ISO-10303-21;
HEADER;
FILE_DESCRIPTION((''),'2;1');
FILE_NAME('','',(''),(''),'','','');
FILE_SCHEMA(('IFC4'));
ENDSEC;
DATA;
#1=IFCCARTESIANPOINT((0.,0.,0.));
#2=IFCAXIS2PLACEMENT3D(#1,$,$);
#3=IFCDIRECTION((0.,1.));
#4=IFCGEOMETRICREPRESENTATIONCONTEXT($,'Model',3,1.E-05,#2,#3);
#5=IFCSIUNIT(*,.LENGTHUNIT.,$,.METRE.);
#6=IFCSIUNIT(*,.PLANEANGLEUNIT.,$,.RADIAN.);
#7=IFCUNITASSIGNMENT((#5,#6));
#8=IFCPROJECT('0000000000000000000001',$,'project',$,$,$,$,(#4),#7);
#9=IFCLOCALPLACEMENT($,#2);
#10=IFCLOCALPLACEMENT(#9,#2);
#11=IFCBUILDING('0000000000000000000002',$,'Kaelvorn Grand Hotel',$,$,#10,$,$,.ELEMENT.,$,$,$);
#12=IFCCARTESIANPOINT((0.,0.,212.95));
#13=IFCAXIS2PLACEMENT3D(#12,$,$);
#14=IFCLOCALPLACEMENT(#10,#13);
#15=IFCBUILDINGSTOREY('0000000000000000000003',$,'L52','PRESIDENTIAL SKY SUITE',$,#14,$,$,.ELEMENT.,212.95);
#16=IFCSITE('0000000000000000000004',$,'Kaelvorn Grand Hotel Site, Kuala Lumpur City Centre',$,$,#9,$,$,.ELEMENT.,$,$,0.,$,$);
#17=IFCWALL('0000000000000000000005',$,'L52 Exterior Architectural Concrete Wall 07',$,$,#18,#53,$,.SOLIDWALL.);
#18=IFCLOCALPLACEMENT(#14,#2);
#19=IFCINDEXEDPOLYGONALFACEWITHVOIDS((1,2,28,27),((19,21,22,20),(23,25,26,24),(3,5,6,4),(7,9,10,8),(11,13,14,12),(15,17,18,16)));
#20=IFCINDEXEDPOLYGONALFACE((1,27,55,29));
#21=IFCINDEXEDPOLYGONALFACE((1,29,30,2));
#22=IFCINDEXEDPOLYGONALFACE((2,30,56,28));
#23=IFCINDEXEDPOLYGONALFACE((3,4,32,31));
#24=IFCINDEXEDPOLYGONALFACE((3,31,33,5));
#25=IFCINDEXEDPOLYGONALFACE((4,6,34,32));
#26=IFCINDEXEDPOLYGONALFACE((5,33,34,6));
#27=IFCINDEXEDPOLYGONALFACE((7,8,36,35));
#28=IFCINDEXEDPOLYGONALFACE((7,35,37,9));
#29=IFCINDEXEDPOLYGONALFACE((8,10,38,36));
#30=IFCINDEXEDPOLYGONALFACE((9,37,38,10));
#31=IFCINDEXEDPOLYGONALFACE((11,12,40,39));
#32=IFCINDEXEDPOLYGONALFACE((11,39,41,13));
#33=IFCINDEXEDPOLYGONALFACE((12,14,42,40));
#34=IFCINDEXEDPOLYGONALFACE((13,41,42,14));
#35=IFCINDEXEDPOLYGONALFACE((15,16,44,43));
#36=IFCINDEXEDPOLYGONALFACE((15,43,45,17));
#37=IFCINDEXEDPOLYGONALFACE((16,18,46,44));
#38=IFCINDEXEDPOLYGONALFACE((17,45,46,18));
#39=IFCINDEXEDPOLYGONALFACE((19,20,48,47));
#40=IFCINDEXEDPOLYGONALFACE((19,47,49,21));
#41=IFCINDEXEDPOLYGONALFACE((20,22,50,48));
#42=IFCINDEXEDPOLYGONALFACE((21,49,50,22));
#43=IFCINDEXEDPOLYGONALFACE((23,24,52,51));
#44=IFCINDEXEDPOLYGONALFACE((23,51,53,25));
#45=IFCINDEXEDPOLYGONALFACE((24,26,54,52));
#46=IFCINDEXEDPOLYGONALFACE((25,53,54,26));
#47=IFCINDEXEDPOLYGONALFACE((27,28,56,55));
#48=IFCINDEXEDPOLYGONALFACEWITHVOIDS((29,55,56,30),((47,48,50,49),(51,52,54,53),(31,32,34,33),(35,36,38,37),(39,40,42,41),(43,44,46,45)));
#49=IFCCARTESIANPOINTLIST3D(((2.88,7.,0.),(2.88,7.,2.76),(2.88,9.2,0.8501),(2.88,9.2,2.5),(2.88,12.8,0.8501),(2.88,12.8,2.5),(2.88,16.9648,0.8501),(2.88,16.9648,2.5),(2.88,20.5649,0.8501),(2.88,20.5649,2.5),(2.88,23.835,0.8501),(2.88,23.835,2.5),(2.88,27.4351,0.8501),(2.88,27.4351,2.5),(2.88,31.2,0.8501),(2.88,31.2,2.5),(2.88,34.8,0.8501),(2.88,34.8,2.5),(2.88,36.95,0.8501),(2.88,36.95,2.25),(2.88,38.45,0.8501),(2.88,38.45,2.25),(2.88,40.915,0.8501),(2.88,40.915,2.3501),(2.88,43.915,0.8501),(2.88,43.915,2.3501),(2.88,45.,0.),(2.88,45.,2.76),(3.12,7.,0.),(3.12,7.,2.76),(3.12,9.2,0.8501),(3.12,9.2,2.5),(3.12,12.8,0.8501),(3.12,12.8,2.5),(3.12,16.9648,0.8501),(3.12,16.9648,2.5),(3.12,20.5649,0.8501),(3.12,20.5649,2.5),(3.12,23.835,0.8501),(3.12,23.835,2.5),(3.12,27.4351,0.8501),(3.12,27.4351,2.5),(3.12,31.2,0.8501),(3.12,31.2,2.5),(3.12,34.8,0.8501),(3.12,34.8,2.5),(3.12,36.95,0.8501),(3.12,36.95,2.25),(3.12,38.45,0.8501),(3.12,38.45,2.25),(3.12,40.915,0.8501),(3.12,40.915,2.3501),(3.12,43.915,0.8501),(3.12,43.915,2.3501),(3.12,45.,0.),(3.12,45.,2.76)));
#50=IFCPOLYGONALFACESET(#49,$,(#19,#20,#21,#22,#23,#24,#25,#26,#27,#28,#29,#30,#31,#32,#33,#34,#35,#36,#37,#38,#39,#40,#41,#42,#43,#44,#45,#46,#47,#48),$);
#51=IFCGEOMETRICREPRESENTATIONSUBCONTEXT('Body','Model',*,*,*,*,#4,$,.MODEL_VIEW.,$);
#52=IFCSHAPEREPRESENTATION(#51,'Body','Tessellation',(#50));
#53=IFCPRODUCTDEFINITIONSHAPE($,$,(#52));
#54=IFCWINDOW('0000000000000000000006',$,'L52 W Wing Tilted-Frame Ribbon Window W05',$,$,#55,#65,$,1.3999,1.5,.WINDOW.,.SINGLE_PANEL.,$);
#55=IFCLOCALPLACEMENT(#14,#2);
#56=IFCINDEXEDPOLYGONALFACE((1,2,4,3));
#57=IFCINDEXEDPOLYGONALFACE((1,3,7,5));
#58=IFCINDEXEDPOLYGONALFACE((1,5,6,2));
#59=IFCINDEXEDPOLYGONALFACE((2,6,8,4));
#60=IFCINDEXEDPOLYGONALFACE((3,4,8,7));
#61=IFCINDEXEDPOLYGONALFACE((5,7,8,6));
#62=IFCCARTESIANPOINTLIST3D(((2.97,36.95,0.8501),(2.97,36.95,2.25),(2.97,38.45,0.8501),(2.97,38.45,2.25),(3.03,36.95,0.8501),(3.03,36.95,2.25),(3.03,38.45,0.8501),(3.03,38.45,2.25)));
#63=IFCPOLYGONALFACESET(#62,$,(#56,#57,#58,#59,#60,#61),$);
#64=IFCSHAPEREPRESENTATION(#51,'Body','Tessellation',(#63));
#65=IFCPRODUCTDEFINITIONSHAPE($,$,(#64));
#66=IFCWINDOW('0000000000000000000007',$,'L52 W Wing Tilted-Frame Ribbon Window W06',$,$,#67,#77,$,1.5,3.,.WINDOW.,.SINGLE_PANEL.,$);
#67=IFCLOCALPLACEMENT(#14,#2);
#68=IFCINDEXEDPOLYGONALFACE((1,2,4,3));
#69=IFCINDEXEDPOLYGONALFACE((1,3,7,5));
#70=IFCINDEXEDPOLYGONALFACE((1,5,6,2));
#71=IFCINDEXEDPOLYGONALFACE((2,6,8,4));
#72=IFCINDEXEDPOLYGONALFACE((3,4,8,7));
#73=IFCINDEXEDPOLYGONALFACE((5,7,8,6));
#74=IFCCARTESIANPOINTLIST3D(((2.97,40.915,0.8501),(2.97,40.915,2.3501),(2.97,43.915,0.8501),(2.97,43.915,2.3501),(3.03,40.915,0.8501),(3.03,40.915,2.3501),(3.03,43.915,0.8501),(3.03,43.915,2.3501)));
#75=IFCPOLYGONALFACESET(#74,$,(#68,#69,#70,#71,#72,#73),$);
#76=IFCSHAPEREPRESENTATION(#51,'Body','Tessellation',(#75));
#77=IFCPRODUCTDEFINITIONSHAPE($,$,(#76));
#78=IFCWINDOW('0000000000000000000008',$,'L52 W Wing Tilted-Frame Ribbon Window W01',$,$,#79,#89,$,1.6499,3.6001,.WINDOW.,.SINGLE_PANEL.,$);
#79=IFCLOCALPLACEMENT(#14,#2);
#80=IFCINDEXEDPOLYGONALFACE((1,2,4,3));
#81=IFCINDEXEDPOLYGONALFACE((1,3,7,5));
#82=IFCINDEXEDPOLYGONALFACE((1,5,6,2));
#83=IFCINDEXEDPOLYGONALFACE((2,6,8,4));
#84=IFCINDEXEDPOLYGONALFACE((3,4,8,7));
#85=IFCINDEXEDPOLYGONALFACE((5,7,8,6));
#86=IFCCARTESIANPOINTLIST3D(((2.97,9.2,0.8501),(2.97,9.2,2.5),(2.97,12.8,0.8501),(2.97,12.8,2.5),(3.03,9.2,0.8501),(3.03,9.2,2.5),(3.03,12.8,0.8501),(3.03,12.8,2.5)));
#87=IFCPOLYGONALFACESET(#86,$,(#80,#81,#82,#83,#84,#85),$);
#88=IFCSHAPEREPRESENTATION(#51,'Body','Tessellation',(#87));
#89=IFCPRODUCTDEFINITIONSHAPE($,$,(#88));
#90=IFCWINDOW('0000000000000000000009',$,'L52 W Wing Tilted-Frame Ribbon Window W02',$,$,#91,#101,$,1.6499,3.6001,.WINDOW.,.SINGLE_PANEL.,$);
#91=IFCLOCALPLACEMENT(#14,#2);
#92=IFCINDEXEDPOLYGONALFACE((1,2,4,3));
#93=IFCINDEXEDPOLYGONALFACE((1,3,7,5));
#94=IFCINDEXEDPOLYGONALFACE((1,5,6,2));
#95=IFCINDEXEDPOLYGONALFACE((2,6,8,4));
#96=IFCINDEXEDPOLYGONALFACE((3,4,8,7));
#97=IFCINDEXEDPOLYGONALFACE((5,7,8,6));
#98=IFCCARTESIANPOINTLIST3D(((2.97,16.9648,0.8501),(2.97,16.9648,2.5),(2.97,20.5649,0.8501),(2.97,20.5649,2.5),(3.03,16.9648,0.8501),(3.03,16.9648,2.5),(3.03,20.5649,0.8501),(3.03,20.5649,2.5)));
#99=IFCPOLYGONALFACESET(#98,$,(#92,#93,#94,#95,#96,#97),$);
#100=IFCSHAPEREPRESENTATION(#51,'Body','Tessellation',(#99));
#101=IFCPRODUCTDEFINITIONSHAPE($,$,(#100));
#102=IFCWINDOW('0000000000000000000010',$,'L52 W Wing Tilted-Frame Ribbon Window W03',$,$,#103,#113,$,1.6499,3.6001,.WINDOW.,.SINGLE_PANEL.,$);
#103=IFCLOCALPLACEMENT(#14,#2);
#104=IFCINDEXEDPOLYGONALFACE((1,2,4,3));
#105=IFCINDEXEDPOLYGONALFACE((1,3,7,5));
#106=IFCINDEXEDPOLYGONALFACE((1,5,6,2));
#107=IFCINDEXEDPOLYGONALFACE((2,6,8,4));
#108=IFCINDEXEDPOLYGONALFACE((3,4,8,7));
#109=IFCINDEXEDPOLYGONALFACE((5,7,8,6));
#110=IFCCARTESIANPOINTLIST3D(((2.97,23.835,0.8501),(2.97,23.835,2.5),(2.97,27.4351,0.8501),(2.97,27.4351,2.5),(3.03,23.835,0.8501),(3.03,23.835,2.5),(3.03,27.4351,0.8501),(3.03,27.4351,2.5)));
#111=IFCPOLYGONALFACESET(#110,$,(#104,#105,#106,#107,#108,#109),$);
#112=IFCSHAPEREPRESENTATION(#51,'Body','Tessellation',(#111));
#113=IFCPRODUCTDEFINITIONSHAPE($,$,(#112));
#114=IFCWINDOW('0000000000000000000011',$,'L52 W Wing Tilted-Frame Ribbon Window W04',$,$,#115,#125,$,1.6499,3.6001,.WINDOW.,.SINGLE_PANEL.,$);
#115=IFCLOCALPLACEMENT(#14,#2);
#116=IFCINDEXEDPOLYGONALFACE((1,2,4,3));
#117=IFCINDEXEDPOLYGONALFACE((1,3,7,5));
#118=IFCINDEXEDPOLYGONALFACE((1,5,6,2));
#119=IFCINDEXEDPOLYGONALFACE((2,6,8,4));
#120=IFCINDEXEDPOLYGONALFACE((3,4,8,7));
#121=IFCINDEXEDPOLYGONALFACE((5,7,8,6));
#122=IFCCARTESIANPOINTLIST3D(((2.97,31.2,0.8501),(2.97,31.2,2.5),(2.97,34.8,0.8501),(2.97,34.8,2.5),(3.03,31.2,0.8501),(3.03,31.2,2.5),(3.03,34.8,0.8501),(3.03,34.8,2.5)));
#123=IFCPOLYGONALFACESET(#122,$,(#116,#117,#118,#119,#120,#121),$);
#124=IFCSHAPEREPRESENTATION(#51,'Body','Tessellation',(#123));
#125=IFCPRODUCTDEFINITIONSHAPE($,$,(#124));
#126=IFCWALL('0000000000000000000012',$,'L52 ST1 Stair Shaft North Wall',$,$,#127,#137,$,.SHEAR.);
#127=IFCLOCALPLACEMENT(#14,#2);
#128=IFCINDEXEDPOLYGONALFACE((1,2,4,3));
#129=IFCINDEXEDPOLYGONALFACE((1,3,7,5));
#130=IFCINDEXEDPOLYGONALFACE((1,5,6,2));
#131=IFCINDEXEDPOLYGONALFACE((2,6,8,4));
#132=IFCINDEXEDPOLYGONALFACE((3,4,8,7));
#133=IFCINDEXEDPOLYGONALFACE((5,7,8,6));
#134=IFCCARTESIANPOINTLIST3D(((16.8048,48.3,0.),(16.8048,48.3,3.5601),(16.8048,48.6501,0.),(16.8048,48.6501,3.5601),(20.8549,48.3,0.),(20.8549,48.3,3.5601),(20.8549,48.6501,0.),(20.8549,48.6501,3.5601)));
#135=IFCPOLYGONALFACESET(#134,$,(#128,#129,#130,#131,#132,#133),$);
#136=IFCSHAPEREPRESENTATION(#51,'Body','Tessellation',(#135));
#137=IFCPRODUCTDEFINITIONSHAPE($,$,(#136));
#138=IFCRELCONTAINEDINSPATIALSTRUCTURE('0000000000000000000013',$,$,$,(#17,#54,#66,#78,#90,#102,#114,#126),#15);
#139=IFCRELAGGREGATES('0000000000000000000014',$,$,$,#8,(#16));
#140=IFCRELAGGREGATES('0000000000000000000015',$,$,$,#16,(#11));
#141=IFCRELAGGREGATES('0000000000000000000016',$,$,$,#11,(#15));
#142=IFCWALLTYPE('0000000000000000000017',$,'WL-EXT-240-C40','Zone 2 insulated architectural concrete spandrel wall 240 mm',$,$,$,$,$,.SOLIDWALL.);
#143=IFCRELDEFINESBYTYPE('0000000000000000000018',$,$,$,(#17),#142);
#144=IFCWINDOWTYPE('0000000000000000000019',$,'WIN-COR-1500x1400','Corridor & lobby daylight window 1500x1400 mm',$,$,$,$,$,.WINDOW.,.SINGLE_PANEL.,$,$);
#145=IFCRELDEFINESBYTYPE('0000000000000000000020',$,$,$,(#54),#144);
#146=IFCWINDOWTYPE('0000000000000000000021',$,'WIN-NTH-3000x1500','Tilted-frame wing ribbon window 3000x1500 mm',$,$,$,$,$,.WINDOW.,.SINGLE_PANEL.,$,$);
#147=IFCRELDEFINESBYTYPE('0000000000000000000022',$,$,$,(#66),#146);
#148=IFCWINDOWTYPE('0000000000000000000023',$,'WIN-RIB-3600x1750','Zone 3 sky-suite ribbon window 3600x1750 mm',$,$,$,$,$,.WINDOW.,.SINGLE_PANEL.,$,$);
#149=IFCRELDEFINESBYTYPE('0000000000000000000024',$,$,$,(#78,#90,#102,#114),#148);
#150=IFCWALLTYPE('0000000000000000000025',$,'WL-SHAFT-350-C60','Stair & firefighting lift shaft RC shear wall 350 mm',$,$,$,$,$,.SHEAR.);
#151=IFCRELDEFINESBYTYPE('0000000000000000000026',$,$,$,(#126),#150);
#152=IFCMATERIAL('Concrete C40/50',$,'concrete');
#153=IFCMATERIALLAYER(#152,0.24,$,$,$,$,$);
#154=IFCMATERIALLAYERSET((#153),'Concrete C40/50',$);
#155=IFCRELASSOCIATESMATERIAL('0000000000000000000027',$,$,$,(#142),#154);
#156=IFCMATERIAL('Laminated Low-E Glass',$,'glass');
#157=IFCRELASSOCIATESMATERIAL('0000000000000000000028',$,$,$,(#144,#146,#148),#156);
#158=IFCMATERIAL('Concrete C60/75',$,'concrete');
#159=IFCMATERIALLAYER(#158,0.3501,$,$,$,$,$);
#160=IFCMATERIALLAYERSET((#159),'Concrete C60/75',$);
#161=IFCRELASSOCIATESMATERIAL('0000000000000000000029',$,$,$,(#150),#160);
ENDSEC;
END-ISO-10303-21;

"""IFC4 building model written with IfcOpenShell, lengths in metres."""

from ifc_helpers import new_model, si_unit, direction, frame, frame_2d, origin, place, context, subcontext, project, spatial, rectangle, extrude, material, layer, layer_set, type_object, element, fill, save


model = new_model("IFC4")

# Units and contexts
model_context = context("Model", 3, precision=1e-05, world=origin(), true_north=direction((0.0, 1.0)))
body_context = subcontext(model_context, "Body", "Model", "MODEL_VIEW")
ifc_project = project(units=[si_unit("LENGTHUNIT", "METRE"), si_unit("PLANEANGLEUNIT", "RADIAN")], contexts=[model_context])

# Site, building, storey
site_placement = place(None, origin())
site = spatial("IfcSite", under=ifc_project, at=site_placement, Name="Kaelvorn Grand Hotel Site, Kuala Lumpur City Centre", CompositionType="ELEMENT", RefElevation=0.0)
building_placement = place(site_placement, origin())
building = spatial("IfcBuilding", under=site, at=building_placement, Name="Kaelvorn Grand Hotel", CompositionType="ELEMENT")
storey_placement = place(building_placement, frame((0.0, 0.0, 212.95)))
storey = spatial("IfcBuildingStorey", under=building, at=storey_placement, Name="L52", Description="PRESIDENTIAL SKY SUITE", CompositionType="ELEMENT", Elevation=212.95)

# Shared definitions
ifc_material_1 = material(Name="Concrete C60/75", Category="concrete")

# Shared definitions
ifc_material_2 = material(Name="Concrete C40/50", Category="concrete")
ifc_layer_1 = layer(ifc_material_2, 0.24)
ifc_layer_set_1 = layer_set([ifc_layer_1], Name="Concrete C40/50")
wall_type_1 = type_object("IfcWallType", Name="WL-EXT-240-C40", Description="Zone 2 insulated architectural concrete spandrel wall 240 mm", PredefinedType="SOLIDWALL", material=ifc_layer_set_1)
ifc_material_3 = material(Name="Laminated Low-E Glass", Category="glass")

# Wall, openings, windows
wall_1_placement = place(storey_placement, frame((3.0, 45.0, 0.0), z_axis=(0.0, 0.0, 1.0), x_axis=(0.0, -1.0, 0.0)))
wall_1 = element("IfcWall", 1, at=wall_1_placement, inside=storey, type_object=wall_type_1, Name="L52 Exterior Architectural Concrete Wall 07", PredefinedType="SOLIDWALL", context=body_context, shape_type="SweptSolid", body=[
    extrude(rectangle(XDim=38.0, YDim=0.24, at=frame_2d((19.0, 0.0))), origin(), (0.0, 0.0, 1.0), 2.76),
])
opening_1_placement = place(wall_1_placement, frame((32.2, 0.0, 0.8501)))
opening_1 = element("IfcOpeningElement", 2, at=opening_1_placement, cuts=wall_1, PredefinedType="OPENING", context=body_context, shape_type="SweptSolid", body=[
    extrude(rectangle(XDim=3.6001, YDim=1.6499, at=frame_2d((1.8, 0.825))), frame((0.0, 0.1299, 0.0), z_axis=(0.0, -1.0, 0.0), x_axis=(1.0, 0.0, 0.0)), (0.0, 0.0, 1.0), 0.26),
])
opening_2_placement = place(wall_1_placement, frame((24.4351, 0.0, 0.8501)))
opening_2 = element("IfcOpeningElement", 3, at=opening_2_placement, cuts=wall_1, PredefinedType="OPENING", context=body_context, shape_type="SweptSolid", body=[
    extrude(rectangle(XDim=3.6001, YDim=1.6499, at=frame_2d((1.8, 0.825))), frame((0.0, 0.1299, 0.0), z_axis=(0.0, -1.0, 0.0), x_axis=(1.0, 0.0, 0.0)), (0.0, 0.0, 1.0), 0.26),
])
opening_3_placement = place(wall_1_placement, frame((17.5649, 0.0, 0.8501)))
opening_3 = element("IfcOpeningElement", 4, at=opening_3_placement, cuts=wall_1, PredefinedType="OPENING", context=body_context, shape_type="SweptSolid", body=[
    extrude(rectangle(XDim=3.6001, YDim=1.6499, at=frame_2d((1.8, 0.825))), frame((0.0, 0.1299, 0.0), z_axis=(0.0, -1.0, 0.0), x_axis=(1.0, 0.0, 0.0)), (0.0, 0.0, 1.0), 0.26),
])
opening_4_placement = place(wall_1_placement, frame((10.2, 0.0, 0.8501)))
opening_4 = element("IfcOpeningElement", 5, at=opening_4_placement, cuts=wall_1, PredefinedType="OPENING", context=body_context, shape_type="SweptSolid", body=[
    extrude(rectangle(XDim=3.6001, YDim=1.6499, at=frame_2d((1.8, 0.825))), frame((0.0, 0.1299, 0.0), z_axis=(0.0, -1.0, 0.0), x_axis=(1.0, 0.0, 0.0)), (0.0, 0.0, 1.0), 0.26),
])
opening_5_placement = place(wall_1_placement, frame((6.55, 0.0, 0.8501)))
opening_5 = element("IfcOpeningElement", 6, at=opening_5_placement, cuts=wall_1, PredefinedType="OPENING", context=body_context, shape_type="SweptSolid", body=[
    extrude(rectangle(XDim=1.5, YDim=1.3999, at=frame_2d((0.75, 0.7))), frame((0.0, 0.1299, 0.0), z_axis=(0.0, -1.0, 0.0), x_axis=(1.0, 0.0, 0.0)), (0.0, 0.0, 1.0), 0.26),
])
opening_6_placement = place(wall_1_placement, frame((1.085, 0.0, 0.8501)))
opening_6 = element("IfcOpeningElement", 7, at=opening_6_placement, cuts=wall_1, PredefinedType="OPENING", context=body_context, shape_type="SweptSolid", body=[
    extrude(rectangle(XDim=3.0, YDim=1.5, at=frame_2d((1.5, 0.75))), frame((0.0, 0.1299, 0.0), z_axis=(0.0, -1.0, 0.0), x_axis=(1.0, 0.0, 0.0)), (0.0, 0.0, 1.0), 0.26),
])
window_type_1 = type_object("IfcWindowType", Name="WIN-COR-1500x1400", Description="Corridor & lobby daylight window 1500x1400 mm", PartitioningType="SINGLE_PANEL", PredefinedType="WINDOW", material=ifc_material_3)
window_1_placement = place(opening_5_placement, origin())
window_1 = element("IfcWindow", 8, at=window_1_placement, inside=storey, type_object=window_type_1, Name="L52 W Wing Tilted-Frame Ribbon Window W05", OverallHeight=1.3999, OverallWidth=1.5, PartitioningType="SINGLE_PANEL", PredefinedType="WINDOW", context=body_context, shape_type="SweptSolid", body=[
    extrude(rectangle(XDim=1.5, YDim=1.3999, at=frame_2d((0.75, 0.7))), frame((0.0, 0.03, 0.0), z_axis=(0.0, -1.0, 0.0), x_axis=(1.0, 0.0, 0.0)), (0.0, 0.0, 1.0), 0.0601),
])
fill(opening_5, window_1)
window_type_2 = type_object("IfcWindowType", Name="WIN-NTH-3000x1500", Description="Tilted-frame wing ribbon window 3000x1500 mm", PartitioningType="SINGLE_PANEL", PredefinedType="WINDOW", material=ifc_material_3)
window_2_placement = place(opening_6_placement, origin())
window_2 = element("IfcWindow", 9, at=window_2_placement, inside=storey, type_object=window_type_2, Name="L52 W Wing Tilted-Frame Ribbon Window W06", OverallHeight=1.5, OverallWidth=3.0, PartitioningType="SINGLE_PANEL", PredefinedType="WINDOW", context=body_context, shape_type="SweptSolid", body=[
    extrude(rectangle(XDim=3.0, YDim=1.5, at=frame_2d((1.5, 0.75))), frame((0.0, 0.03, 0.0), z_axis=(0.0, -1.0, 0.0), x_axis=(1.0, 0.0, 0.0)), (0.0, 0.0, 1.0), 0.0601),
])
fill(opening_6, window_2)
window_type_3 = type_object("IfcWindowType", Name="WIN-RIB-3600x1750", Description="Zone 3 sky-suite ribbon window 3600x1750 mm", PartitioningType="SINGLE_PANEL", PredefinedType="WINDOW", material=ifc_material_3)
window_3_placement = place(opening_1_placement, origin())
window_3 = element("IfcWindow", 10, at=window_3_placement, inside=storey, type_object=window_type_3, Name="L52 W Wing Tilted-Frame Ribbon Window W01", OverallHeight=1.6499, OverallWidth=3.6001, PartitioningType="SINGLE_PANEL", PredefinedType="WINDOW", context=body_context, shape_type="SweptSolid", body=[
    extrude(rectangle(XDim=3.6001, YDim=1.6499, at=frame_2d((1.8, 0.825))), frame((0.0, 0.03, 0.0), z_axis=(0.0, -1.0, 0.0), x_axis=(1.0, 0.0, 0.0)), (0.0, 0.0, 1.0), 0.0601),
])
fill(opening_1, window_3)
window_4_placement = place(opening_2_placement, origin())
window_4 = element("IfcWindow", 11, at=window_4_placement, inside=storey, type_object=window_type_3, Name="L52 W Wing Tilted-Frame Ribbon Window W02", OverallHeight=1.6499, OverallWidth=3.6001, PartitioningType="SINGLE_PANEL", PredefinedType="WINDOW", context=body_context, shape_type="SweptSolid", body=[
    extrude(rectangle(XDim=3.6001, YDim=1.6499, at=frame_2d((1.8, 0.825))), frame((0.0, 0.03, 0.0), z_axis=(0.0, -1.0, 0.0), x_axis=(1.0, 0.0, 0.0)), (0.0, 0.0, 1.0), 0.0601),
])
fill(opening_2, window_4)
window_5_placement = place(opening_3_placement, origin())
window_5 = element("IfcWindow", 12, at=window_5_placement, inside=storey, type_object=window_type_3, Name="L52 W Wing Tilted-Frame Ribbon Window W03", OverallHeight=1.6499, OverallWidth=3.6001, PartitioningType="SINGLE_PANEL", PredefinedType="WINDOW", context=body_context, shape_type="SweptSolid", body=[
    extrude(rectangle(XDim=3.6001, YDim=1.6499, at=frame_2d((1.8, 0.825))), frame((0.0, 0.03, 0.0), z_axis=(0.0, -1.0, 0.0), x_axis=(1.0, 0.0, 0.0)), (0.0, 0.0, 1.0), 0.0601),
])
fill(opening_3, window_5)
window_6_placement = place(opening_4_placement, origin())
window_6 = element("IfcWindow", 13, at=window_6_placement, inside=storey, type_object=window_type_3, Name="L52 W Wing Tilted-Frame Ribbon Window W04", OverallHeight=1.6499, OverallWidth=3.6001, PartitioningType="SINGLE_PANEL", PredefinedType="WINDOW", context=body_context, shape_type="SweptSolid", body=[
    extrude(rectangle(XDim=3.6001, YDim=1.6499, at=frame_2d((1.8, 0.825))), frame((0.0, 0.03, 0.0), z_axis=(0.0, -1.0, 0.0), x_axis=(1.0, 0.0, 0.0)), (0.0, 0.0, 1.0), 0.0601),
])
fill(opening_4, window_6)

# Wall
ifc_layer_2 = layer(ifc_material_1, 0.3501)
ifc_layer_set_2 = layer_set([ifc_layer_2], Name="Concrete C60/75")
wall_type_2 = type_object("IfcWallType", Name="WL-SHAFT-350-C60", Description="Stair & firefighting lift shaft RC shear wall 350 mm", PredefinedType="SHEAR", material=ifc_layer_set_2)
wall_2_placement = place(storey_placement, frame((16.8049, 48.4751, 0.0), z_axis=(0.0, 0.0, 1.0), x_axis=(1.0, 0.0, 0.0)))
element("IfcWall", 14, at=wall_2_placement, inside=storey, type_object=wall_type_2, Name="L52 ST1 Stair Shaft North Wall", PredefinedType="SHEAR", context=body_context, shape_type="SweptSolid", body=[
    extrude(rectangle(XDim=4.05, YDim=0.3501, at=frame_2d((2.0249, 0.0))), origin(), (0.0, 0.0, 1.0), 3.5601),
])

save(model, "model.ifc")
